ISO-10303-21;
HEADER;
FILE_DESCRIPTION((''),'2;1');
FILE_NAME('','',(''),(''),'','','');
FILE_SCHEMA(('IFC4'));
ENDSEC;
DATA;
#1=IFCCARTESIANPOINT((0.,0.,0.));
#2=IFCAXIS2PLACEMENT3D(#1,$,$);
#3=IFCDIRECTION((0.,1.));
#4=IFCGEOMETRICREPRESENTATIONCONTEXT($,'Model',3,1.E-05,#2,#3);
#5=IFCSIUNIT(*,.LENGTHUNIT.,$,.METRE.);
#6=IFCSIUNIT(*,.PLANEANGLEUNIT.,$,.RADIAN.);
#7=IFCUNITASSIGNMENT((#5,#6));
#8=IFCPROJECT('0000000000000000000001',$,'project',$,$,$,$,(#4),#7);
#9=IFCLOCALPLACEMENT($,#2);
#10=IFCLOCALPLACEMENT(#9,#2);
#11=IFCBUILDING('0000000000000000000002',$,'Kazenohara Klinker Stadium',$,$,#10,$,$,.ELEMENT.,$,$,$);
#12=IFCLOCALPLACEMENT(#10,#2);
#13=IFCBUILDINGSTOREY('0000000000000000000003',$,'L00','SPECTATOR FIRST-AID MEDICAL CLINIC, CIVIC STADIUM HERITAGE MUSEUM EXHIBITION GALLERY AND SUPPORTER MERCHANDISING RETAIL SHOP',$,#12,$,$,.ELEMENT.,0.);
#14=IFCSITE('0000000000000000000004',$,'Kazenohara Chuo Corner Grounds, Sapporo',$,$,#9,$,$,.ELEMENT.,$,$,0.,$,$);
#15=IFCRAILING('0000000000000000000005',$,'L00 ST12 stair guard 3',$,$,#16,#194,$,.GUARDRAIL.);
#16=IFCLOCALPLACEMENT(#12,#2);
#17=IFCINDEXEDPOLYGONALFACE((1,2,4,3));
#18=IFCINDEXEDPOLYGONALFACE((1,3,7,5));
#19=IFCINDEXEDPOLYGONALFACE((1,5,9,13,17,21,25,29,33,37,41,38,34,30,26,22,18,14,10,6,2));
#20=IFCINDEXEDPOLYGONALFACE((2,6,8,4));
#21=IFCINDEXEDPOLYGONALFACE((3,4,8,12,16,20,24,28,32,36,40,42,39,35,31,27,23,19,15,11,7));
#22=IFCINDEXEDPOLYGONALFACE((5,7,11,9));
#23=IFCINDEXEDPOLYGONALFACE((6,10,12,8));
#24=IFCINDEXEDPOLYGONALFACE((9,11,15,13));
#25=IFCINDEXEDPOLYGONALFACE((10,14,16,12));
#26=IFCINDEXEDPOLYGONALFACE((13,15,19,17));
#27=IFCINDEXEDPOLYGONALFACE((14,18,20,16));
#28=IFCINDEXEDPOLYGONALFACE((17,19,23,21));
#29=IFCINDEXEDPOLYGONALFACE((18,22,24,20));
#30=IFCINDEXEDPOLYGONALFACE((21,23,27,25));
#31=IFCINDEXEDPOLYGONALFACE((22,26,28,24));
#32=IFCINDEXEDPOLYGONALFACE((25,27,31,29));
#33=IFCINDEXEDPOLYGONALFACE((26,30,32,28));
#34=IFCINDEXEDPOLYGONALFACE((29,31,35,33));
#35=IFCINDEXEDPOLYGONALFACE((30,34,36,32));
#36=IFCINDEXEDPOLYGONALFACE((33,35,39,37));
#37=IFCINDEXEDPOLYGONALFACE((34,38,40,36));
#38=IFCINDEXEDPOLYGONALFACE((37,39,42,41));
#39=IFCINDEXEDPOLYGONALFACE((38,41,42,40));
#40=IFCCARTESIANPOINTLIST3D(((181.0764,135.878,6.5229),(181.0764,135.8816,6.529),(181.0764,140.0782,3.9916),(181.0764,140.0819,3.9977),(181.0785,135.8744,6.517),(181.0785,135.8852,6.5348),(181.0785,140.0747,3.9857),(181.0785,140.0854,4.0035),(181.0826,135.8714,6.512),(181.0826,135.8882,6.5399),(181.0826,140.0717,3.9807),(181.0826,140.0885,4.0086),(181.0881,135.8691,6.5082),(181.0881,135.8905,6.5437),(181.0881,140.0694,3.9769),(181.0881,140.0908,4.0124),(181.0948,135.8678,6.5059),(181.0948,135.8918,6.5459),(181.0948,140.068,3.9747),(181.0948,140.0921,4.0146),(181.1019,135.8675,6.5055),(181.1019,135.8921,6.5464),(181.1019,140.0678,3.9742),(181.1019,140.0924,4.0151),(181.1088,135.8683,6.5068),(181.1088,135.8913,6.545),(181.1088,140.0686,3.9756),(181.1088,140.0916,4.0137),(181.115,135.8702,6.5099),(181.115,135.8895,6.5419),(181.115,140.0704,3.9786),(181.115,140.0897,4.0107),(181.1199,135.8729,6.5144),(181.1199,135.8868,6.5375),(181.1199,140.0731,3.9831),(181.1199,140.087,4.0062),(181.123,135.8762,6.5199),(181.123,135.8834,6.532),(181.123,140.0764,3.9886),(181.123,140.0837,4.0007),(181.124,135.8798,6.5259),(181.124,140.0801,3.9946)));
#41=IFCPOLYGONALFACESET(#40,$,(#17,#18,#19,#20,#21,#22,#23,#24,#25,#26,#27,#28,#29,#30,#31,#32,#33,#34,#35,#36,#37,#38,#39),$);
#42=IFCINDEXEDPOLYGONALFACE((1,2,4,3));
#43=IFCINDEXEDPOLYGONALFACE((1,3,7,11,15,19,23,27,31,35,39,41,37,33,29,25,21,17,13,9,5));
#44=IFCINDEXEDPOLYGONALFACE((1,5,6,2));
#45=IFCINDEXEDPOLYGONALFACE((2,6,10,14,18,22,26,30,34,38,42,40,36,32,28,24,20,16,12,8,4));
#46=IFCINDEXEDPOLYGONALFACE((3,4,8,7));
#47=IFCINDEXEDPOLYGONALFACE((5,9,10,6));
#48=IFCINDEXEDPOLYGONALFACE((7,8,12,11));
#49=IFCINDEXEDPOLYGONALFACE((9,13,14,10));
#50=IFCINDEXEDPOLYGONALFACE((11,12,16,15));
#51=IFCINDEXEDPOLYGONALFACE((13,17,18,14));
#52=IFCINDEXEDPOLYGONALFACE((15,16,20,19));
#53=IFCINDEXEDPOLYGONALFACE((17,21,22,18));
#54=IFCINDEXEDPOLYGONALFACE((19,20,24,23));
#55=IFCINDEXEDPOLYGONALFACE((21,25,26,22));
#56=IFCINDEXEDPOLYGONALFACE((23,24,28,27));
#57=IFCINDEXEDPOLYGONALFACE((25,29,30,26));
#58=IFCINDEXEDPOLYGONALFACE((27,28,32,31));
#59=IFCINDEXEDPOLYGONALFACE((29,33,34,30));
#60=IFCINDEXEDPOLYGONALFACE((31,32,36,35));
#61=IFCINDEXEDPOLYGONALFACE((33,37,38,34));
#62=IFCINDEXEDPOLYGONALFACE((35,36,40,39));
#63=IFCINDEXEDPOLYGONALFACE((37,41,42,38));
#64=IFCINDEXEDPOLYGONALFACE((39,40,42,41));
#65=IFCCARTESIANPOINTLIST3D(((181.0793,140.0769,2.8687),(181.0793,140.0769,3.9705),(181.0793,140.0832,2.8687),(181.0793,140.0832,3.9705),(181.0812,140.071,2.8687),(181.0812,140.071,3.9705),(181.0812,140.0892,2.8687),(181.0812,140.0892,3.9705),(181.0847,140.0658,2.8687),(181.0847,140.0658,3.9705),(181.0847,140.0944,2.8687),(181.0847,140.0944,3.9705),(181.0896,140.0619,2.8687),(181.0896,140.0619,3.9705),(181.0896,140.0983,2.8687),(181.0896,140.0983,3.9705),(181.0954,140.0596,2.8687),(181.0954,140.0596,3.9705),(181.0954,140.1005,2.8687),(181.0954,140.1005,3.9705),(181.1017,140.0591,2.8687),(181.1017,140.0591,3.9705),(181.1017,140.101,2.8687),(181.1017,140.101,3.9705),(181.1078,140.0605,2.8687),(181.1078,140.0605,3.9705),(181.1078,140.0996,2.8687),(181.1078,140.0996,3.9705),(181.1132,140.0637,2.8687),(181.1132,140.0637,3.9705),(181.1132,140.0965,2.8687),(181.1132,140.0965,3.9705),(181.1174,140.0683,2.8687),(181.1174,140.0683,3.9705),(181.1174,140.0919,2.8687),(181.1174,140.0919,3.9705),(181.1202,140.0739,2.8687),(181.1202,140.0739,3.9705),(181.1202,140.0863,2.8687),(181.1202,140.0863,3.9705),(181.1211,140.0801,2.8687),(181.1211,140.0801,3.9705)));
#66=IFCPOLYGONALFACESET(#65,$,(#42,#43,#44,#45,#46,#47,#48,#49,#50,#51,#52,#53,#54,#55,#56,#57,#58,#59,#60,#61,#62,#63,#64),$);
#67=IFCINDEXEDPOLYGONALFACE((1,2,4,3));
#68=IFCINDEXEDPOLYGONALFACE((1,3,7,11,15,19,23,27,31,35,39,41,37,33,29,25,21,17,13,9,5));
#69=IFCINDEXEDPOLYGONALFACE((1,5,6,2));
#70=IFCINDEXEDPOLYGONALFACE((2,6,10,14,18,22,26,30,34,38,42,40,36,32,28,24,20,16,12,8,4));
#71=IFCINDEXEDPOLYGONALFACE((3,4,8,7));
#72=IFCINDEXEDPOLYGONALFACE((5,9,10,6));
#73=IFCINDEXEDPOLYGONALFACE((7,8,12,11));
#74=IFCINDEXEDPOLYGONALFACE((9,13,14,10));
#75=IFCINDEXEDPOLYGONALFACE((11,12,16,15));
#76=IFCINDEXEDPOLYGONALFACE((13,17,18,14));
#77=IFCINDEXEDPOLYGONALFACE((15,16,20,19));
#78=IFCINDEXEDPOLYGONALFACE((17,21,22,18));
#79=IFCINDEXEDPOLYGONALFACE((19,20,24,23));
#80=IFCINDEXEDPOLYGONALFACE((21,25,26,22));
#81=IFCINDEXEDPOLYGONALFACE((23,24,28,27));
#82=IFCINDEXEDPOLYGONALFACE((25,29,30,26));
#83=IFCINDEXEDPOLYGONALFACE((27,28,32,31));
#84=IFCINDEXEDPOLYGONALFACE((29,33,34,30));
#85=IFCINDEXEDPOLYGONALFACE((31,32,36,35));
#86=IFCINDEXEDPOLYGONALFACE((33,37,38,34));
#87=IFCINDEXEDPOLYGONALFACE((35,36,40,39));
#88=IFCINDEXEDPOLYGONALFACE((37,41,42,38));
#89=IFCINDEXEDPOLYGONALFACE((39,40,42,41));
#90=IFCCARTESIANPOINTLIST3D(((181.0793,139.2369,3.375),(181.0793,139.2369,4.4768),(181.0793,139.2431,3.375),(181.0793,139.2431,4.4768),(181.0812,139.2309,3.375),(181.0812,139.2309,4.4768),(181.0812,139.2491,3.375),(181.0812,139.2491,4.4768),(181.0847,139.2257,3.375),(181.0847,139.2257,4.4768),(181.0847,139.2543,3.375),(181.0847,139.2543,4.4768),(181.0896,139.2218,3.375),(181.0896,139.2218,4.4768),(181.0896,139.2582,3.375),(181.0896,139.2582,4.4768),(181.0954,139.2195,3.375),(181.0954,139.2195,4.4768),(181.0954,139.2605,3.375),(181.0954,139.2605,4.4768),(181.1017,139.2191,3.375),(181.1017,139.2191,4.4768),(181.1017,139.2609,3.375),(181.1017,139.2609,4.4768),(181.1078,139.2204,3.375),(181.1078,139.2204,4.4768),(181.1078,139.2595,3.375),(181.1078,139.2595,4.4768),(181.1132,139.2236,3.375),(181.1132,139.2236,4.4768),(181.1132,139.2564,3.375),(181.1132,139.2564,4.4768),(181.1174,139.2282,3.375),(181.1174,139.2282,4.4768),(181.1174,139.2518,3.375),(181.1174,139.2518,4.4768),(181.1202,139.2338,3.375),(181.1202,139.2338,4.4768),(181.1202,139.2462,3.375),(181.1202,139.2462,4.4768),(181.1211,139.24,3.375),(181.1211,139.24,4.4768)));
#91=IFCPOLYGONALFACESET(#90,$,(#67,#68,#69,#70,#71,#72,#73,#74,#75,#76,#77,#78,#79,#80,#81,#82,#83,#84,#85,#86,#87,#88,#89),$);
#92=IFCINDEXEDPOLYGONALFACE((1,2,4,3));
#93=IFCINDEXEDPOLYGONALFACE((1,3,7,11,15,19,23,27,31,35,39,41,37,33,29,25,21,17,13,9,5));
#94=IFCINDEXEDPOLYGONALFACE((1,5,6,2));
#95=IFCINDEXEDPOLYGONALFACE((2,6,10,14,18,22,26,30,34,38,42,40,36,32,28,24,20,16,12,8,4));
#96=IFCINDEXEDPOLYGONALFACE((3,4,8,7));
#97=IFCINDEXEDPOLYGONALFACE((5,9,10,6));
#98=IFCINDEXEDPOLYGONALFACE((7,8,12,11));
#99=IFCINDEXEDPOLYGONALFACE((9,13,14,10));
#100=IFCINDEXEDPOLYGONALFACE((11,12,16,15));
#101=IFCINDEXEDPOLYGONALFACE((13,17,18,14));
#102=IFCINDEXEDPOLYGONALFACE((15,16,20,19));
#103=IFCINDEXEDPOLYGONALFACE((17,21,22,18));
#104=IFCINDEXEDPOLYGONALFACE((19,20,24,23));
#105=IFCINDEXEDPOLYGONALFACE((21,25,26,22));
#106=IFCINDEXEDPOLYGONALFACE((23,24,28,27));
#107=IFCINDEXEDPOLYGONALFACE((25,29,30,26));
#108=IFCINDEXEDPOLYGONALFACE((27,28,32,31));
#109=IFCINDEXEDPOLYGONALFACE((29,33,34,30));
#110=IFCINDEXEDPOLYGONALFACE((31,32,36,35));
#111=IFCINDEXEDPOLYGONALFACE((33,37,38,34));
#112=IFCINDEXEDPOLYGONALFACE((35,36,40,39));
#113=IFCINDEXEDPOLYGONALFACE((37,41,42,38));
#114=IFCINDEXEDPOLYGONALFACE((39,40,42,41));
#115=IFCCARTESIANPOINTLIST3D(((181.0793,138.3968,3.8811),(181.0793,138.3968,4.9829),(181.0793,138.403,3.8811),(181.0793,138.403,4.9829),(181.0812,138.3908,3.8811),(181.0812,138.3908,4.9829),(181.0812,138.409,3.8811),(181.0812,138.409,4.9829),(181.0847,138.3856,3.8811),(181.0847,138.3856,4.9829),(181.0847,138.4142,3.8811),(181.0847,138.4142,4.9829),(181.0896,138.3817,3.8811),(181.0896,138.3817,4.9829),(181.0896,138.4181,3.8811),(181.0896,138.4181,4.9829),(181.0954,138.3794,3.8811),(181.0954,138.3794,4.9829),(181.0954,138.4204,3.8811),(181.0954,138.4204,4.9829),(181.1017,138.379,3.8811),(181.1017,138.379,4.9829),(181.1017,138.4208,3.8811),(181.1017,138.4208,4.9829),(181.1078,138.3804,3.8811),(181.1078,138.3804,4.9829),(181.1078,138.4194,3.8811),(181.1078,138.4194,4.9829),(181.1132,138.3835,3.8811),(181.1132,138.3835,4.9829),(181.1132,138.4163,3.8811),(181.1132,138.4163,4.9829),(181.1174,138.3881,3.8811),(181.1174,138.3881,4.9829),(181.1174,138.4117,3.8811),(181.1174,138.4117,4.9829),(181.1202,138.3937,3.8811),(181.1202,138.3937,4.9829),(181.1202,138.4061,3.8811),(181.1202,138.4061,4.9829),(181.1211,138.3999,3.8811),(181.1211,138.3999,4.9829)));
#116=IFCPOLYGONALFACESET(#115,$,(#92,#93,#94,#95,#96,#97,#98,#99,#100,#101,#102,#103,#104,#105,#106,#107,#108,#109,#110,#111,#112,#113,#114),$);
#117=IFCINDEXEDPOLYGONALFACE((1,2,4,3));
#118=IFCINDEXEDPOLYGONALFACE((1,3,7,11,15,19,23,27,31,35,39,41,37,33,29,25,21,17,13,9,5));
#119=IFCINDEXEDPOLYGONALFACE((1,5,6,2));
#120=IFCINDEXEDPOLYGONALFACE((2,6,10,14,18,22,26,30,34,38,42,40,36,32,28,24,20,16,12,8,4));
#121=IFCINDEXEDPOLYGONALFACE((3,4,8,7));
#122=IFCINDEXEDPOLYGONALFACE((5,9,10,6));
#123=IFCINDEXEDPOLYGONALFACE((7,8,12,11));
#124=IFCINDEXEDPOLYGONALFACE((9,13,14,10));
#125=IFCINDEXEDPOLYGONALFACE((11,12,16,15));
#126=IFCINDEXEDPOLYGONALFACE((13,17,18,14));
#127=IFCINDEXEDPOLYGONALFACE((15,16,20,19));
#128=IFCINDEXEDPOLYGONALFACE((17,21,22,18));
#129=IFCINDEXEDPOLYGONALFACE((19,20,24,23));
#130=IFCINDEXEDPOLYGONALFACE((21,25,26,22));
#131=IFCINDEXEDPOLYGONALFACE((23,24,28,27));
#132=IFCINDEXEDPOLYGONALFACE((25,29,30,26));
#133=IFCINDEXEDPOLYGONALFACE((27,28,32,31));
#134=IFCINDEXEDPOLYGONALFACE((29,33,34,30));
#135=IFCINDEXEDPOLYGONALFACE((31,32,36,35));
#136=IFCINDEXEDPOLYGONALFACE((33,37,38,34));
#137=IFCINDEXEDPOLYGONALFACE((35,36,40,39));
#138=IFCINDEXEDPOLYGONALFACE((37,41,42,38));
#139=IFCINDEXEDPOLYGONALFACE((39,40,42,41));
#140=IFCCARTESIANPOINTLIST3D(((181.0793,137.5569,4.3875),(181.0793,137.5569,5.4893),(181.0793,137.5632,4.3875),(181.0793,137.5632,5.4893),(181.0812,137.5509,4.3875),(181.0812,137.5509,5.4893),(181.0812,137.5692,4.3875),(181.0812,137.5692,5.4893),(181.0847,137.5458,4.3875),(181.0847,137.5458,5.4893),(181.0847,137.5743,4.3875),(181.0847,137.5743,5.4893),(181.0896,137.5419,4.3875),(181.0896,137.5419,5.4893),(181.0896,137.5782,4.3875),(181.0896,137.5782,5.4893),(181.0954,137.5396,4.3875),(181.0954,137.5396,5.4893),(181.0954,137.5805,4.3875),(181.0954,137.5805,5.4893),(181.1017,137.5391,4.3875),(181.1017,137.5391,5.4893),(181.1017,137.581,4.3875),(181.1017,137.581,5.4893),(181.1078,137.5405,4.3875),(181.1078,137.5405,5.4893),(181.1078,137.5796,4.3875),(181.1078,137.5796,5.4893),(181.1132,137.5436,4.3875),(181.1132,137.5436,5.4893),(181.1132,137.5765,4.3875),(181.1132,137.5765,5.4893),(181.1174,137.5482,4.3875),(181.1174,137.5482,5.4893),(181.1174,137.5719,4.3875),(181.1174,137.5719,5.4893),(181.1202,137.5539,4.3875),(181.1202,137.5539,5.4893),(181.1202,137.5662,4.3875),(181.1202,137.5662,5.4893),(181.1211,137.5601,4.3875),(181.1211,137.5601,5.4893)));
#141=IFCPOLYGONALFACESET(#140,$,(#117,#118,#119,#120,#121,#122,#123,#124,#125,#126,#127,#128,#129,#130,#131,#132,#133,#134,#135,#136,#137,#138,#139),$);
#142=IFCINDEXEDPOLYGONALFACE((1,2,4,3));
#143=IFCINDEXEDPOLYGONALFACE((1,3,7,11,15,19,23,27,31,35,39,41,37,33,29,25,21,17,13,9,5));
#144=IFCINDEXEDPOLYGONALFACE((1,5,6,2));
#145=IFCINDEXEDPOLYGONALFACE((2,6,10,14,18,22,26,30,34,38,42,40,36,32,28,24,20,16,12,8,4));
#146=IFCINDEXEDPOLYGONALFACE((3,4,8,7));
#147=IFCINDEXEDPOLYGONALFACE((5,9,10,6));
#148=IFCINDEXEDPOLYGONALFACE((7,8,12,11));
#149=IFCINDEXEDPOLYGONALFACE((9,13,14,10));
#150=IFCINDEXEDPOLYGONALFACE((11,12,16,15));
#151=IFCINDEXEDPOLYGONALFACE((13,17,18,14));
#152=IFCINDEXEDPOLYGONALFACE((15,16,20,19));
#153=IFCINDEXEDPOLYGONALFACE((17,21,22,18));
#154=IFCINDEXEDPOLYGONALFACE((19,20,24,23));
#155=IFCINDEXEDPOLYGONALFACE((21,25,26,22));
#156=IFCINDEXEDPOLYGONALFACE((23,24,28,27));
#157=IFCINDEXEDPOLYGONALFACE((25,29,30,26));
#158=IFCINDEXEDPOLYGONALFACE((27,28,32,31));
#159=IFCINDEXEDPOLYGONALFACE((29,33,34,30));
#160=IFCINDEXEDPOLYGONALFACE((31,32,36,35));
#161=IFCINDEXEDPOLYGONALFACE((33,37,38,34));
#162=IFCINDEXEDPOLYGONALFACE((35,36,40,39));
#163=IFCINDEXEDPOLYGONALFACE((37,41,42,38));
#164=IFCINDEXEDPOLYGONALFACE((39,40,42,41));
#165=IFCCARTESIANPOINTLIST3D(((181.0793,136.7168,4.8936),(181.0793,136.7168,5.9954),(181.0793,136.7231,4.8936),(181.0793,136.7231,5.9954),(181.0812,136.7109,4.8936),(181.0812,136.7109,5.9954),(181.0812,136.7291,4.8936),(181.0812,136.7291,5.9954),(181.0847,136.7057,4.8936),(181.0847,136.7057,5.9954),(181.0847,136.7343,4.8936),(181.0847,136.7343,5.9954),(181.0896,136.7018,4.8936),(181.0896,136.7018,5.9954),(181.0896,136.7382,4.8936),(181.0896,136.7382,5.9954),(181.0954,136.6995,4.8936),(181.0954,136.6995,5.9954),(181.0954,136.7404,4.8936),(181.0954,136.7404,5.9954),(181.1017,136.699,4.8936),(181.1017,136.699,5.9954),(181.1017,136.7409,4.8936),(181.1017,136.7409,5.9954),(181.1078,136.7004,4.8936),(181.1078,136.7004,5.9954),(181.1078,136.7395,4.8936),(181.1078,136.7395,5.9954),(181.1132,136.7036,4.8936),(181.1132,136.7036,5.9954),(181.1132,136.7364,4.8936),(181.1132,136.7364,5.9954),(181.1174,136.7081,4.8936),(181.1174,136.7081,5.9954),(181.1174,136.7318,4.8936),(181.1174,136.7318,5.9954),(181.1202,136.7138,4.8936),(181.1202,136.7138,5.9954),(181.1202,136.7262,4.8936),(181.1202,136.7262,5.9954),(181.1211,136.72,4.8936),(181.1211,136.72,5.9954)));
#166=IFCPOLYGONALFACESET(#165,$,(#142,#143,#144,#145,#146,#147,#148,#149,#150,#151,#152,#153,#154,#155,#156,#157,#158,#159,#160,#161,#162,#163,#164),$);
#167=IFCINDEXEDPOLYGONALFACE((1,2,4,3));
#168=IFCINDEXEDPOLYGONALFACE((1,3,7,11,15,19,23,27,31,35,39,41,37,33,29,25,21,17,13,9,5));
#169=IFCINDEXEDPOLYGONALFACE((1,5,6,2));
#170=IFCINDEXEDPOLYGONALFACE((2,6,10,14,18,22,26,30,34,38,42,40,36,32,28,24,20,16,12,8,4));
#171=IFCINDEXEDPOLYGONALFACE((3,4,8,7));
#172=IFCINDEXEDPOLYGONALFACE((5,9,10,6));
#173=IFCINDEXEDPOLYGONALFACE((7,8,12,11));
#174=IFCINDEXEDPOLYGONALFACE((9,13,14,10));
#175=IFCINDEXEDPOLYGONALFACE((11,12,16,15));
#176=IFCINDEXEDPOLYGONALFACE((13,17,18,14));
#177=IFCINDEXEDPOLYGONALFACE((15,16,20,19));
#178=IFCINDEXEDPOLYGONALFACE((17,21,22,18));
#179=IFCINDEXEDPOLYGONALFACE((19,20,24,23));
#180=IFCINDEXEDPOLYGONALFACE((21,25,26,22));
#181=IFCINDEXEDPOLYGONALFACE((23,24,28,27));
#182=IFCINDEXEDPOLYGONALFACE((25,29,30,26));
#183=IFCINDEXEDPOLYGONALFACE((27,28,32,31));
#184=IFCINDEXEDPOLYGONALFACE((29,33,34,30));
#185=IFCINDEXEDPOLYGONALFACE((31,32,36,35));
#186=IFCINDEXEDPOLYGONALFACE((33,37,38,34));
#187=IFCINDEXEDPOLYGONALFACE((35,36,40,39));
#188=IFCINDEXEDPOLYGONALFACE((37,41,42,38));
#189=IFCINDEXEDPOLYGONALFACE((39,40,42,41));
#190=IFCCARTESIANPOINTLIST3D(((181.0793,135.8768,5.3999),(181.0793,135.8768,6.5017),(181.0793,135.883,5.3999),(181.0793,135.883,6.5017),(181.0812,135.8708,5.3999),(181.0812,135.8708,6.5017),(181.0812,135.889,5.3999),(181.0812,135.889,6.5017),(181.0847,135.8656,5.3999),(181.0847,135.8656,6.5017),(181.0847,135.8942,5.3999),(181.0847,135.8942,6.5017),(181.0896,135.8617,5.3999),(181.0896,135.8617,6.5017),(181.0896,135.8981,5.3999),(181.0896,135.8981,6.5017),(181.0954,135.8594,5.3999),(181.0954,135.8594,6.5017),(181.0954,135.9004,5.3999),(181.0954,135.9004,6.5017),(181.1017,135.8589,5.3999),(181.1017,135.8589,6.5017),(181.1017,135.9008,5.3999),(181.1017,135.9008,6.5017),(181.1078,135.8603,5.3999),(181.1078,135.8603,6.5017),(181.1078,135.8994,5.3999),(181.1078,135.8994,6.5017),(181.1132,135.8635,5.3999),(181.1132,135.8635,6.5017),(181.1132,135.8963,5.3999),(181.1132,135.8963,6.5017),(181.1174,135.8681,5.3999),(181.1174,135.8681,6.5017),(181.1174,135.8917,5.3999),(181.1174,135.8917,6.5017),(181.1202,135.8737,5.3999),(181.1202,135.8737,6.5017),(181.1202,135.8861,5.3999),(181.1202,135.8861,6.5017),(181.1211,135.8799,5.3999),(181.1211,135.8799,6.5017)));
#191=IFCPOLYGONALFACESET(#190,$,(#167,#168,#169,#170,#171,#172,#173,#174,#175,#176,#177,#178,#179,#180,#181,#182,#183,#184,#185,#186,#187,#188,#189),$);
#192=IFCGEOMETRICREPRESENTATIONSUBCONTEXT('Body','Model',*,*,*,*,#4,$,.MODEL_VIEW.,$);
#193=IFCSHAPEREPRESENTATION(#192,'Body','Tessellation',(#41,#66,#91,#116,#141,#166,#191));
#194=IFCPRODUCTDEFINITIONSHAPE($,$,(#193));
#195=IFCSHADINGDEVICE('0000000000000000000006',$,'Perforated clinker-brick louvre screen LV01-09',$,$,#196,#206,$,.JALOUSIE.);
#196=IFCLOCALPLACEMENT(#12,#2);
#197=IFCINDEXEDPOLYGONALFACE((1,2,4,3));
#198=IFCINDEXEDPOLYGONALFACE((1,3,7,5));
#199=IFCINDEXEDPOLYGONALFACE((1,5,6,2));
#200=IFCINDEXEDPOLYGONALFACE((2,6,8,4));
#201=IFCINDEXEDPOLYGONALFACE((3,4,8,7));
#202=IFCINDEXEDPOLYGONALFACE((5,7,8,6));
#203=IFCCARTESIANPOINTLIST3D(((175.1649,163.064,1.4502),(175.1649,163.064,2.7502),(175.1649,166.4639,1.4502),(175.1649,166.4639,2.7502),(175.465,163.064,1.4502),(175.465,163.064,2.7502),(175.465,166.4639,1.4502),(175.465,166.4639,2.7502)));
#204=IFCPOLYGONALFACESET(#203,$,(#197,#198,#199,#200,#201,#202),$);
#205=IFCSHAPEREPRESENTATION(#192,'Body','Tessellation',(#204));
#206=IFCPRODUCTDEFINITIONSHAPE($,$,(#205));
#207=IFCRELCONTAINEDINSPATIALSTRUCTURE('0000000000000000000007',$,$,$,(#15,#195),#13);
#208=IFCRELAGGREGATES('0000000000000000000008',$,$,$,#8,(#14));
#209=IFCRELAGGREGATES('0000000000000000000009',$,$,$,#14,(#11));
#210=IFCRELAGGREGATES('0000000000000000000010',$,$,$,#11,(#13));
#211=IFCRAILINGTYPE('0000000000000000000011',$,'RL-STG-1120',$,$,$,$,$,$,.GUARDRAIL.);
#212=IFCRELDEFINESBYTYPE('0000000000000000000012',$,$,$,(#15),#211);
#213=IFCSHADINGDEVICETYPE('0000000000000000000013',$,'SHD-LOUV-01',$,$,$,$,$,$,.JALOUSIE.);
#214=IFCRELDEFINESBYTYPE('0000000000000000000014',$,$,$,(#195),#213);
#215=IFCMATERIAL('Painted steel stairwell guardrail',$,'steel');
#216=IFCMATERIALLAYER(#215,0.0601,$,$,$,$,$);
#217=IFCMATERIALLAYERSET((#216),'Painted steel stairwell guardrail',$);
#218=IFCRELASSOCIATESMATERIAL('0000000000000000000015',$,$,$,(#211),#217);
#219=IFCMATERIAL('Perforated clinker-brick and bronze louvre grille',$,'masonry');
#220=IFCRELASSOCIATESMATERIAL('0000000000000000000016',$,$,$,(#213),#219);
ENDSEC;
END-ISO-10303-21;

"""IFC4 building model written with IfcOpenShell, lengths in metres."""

from ifc_helpers import new_model, si_unit, direction, frame, origin, origin_2d, place, context, subcontext, project, spatial, rectangle, circle, extrude, material, layer, layer_set, type_object, element, save


model = new_model("IFC4")

# Units and contexts
model_context = context("Model", 3, precision=1e-05, world=origin(), true_north=direction((0.0, 1.0)))
body_context = subcontext(model_context, "Body", "Model", "MODEL_VIEW")
ifc_project = project(units=[si_unit("LENGTHUNIT", "METRE"), si_unit("PLANEANGLEUNIT", "RADIAN")], contexts=[model_context])

# Site, building, storey
site_placement = place(None, origin())
site = spatial("IfcSite", under=ifc_project, at=site_placement, Name="Kazenohara Chuo Corner Grounds, Sapporo", CompositionType="ELEMENT", RefElevation=0.0)
building_placement = place(site_placement, origin())
building = spatial("IfcBuilding", under=site, at=building_placement, Name="Kazenohara Klinker Stadium", CompositionType="ELEMENT")
storey_placement = place(building_placement, origin())
storey = spatial("IfcBuildingStorey", under=building, at=storey_placement, Name="L00", Description="SPECTATOR FIRST-AID MEDICAL CLINIC, CIVIC STADIUM HERITAGE MUSEUM EXHIBITION GALLERY AND SUPPORTER MERCHANDISING RETAIL SHOP", CompositionType="ELEMENT", Elevation=0.0)

# Railing
ifc_material_1 = material(Name="Painted steel stairwell guardrail", Category="steel")
ifc_layer_1 = layer(ifc_material_1, 0.0601)
ifc_layer_set_1 = layer_set([ifc_layer_1], Name="Painted steel stairwell guardrail")
railing_type_1 = type_object("IfcRailingType", Name="RL-STG-1120", PredefinedType="GUARDRAIL", material=ifc_layer_set_1)
railing_1_placement = place(storey_placement, frame((181.1001, 140.0801, 2.8687)))
element("IfcRailing", 1, at=railing_1_placement, inside=storey, type_object=railing_type_1, Name="L00 ST12 stair guard 3", PredefinedType="GUARDRAIL", context=body_context, shape_type="SweptSolid", body=[
    extrude(circle(Radius=0.0239, at=origin_2d()), frame((0.0, 0.0, 1.126), z_axis=(0.0, -0.85649, 0.516164), x_axis=(1.0, 0.0, 0.0)), (0.0, 0.0, 1.0), 4.9041),
    extrude(circle(Radius=0.021, at=origin_2d()), origin(), (0.0, 0.0, 1.0), 1.1018),
    extrude(circle(Radius=0.021, at=origin_2d()), frame((0.0, -0.8401, 0.5063)), (0.0, 0.0, 1.0), 1.1018),
    extrude(circle(Radius=0.021, at=origin_2d()), frame((0.0, -1.6802, 1.0125)), (0.0, 0.0, 1.0), 1.1018),
    extrude(circle(Radius=0.021, at=origin_2d()), frame((0.0, -2.52, 1.5188)), (0.0, 0.0, 1.0), 1.1018),
    extrude(circle(Radius=0.021, at=origin_2d()), frame((0.0, -3.3601, 2.0249)), (0.0, 0.0, 1.0), 1.1018),
    extrude(circle(Radius=0.021, at=origin_2d()), frame((0.0, -4.2002, 2.5312)), (0.0, 0.0, 1.0), 1.1018),
])

# Shading device
ifc_material_2 = material(Name="Perforated clinker-brick and bronze louvre grille", Category="masonry")
shading_device_type = type_object("IfcShadingDeviceType", Name="SHD-LOUV-01", PredefinedType="JALOUSIE", material=ifc_material_2)
shading_device_placement = place(storey_placement, frame((175.3149, 164.7639, 1.4502), z_axis=(0.0, 0.0, 1.0), x_axis=(0.0, 1.0, 0.0)))
element("IfcShadingDevice", 2, at=shading_device_placement, inside=storey, type_object=shading_device_type, Name="Perforated clinker-brick louvre screen LV01-09", PredefinedType="JALOUSIE", context=body_context, shape_type="SweptSolid", body=[
    extrude(rectangle(XDim=3.3999, YDim=0.3, at=origin_2d()), origin(), (0.0, 0.0, 1.0), 1.3),
])

save(model, "model.ifc")
